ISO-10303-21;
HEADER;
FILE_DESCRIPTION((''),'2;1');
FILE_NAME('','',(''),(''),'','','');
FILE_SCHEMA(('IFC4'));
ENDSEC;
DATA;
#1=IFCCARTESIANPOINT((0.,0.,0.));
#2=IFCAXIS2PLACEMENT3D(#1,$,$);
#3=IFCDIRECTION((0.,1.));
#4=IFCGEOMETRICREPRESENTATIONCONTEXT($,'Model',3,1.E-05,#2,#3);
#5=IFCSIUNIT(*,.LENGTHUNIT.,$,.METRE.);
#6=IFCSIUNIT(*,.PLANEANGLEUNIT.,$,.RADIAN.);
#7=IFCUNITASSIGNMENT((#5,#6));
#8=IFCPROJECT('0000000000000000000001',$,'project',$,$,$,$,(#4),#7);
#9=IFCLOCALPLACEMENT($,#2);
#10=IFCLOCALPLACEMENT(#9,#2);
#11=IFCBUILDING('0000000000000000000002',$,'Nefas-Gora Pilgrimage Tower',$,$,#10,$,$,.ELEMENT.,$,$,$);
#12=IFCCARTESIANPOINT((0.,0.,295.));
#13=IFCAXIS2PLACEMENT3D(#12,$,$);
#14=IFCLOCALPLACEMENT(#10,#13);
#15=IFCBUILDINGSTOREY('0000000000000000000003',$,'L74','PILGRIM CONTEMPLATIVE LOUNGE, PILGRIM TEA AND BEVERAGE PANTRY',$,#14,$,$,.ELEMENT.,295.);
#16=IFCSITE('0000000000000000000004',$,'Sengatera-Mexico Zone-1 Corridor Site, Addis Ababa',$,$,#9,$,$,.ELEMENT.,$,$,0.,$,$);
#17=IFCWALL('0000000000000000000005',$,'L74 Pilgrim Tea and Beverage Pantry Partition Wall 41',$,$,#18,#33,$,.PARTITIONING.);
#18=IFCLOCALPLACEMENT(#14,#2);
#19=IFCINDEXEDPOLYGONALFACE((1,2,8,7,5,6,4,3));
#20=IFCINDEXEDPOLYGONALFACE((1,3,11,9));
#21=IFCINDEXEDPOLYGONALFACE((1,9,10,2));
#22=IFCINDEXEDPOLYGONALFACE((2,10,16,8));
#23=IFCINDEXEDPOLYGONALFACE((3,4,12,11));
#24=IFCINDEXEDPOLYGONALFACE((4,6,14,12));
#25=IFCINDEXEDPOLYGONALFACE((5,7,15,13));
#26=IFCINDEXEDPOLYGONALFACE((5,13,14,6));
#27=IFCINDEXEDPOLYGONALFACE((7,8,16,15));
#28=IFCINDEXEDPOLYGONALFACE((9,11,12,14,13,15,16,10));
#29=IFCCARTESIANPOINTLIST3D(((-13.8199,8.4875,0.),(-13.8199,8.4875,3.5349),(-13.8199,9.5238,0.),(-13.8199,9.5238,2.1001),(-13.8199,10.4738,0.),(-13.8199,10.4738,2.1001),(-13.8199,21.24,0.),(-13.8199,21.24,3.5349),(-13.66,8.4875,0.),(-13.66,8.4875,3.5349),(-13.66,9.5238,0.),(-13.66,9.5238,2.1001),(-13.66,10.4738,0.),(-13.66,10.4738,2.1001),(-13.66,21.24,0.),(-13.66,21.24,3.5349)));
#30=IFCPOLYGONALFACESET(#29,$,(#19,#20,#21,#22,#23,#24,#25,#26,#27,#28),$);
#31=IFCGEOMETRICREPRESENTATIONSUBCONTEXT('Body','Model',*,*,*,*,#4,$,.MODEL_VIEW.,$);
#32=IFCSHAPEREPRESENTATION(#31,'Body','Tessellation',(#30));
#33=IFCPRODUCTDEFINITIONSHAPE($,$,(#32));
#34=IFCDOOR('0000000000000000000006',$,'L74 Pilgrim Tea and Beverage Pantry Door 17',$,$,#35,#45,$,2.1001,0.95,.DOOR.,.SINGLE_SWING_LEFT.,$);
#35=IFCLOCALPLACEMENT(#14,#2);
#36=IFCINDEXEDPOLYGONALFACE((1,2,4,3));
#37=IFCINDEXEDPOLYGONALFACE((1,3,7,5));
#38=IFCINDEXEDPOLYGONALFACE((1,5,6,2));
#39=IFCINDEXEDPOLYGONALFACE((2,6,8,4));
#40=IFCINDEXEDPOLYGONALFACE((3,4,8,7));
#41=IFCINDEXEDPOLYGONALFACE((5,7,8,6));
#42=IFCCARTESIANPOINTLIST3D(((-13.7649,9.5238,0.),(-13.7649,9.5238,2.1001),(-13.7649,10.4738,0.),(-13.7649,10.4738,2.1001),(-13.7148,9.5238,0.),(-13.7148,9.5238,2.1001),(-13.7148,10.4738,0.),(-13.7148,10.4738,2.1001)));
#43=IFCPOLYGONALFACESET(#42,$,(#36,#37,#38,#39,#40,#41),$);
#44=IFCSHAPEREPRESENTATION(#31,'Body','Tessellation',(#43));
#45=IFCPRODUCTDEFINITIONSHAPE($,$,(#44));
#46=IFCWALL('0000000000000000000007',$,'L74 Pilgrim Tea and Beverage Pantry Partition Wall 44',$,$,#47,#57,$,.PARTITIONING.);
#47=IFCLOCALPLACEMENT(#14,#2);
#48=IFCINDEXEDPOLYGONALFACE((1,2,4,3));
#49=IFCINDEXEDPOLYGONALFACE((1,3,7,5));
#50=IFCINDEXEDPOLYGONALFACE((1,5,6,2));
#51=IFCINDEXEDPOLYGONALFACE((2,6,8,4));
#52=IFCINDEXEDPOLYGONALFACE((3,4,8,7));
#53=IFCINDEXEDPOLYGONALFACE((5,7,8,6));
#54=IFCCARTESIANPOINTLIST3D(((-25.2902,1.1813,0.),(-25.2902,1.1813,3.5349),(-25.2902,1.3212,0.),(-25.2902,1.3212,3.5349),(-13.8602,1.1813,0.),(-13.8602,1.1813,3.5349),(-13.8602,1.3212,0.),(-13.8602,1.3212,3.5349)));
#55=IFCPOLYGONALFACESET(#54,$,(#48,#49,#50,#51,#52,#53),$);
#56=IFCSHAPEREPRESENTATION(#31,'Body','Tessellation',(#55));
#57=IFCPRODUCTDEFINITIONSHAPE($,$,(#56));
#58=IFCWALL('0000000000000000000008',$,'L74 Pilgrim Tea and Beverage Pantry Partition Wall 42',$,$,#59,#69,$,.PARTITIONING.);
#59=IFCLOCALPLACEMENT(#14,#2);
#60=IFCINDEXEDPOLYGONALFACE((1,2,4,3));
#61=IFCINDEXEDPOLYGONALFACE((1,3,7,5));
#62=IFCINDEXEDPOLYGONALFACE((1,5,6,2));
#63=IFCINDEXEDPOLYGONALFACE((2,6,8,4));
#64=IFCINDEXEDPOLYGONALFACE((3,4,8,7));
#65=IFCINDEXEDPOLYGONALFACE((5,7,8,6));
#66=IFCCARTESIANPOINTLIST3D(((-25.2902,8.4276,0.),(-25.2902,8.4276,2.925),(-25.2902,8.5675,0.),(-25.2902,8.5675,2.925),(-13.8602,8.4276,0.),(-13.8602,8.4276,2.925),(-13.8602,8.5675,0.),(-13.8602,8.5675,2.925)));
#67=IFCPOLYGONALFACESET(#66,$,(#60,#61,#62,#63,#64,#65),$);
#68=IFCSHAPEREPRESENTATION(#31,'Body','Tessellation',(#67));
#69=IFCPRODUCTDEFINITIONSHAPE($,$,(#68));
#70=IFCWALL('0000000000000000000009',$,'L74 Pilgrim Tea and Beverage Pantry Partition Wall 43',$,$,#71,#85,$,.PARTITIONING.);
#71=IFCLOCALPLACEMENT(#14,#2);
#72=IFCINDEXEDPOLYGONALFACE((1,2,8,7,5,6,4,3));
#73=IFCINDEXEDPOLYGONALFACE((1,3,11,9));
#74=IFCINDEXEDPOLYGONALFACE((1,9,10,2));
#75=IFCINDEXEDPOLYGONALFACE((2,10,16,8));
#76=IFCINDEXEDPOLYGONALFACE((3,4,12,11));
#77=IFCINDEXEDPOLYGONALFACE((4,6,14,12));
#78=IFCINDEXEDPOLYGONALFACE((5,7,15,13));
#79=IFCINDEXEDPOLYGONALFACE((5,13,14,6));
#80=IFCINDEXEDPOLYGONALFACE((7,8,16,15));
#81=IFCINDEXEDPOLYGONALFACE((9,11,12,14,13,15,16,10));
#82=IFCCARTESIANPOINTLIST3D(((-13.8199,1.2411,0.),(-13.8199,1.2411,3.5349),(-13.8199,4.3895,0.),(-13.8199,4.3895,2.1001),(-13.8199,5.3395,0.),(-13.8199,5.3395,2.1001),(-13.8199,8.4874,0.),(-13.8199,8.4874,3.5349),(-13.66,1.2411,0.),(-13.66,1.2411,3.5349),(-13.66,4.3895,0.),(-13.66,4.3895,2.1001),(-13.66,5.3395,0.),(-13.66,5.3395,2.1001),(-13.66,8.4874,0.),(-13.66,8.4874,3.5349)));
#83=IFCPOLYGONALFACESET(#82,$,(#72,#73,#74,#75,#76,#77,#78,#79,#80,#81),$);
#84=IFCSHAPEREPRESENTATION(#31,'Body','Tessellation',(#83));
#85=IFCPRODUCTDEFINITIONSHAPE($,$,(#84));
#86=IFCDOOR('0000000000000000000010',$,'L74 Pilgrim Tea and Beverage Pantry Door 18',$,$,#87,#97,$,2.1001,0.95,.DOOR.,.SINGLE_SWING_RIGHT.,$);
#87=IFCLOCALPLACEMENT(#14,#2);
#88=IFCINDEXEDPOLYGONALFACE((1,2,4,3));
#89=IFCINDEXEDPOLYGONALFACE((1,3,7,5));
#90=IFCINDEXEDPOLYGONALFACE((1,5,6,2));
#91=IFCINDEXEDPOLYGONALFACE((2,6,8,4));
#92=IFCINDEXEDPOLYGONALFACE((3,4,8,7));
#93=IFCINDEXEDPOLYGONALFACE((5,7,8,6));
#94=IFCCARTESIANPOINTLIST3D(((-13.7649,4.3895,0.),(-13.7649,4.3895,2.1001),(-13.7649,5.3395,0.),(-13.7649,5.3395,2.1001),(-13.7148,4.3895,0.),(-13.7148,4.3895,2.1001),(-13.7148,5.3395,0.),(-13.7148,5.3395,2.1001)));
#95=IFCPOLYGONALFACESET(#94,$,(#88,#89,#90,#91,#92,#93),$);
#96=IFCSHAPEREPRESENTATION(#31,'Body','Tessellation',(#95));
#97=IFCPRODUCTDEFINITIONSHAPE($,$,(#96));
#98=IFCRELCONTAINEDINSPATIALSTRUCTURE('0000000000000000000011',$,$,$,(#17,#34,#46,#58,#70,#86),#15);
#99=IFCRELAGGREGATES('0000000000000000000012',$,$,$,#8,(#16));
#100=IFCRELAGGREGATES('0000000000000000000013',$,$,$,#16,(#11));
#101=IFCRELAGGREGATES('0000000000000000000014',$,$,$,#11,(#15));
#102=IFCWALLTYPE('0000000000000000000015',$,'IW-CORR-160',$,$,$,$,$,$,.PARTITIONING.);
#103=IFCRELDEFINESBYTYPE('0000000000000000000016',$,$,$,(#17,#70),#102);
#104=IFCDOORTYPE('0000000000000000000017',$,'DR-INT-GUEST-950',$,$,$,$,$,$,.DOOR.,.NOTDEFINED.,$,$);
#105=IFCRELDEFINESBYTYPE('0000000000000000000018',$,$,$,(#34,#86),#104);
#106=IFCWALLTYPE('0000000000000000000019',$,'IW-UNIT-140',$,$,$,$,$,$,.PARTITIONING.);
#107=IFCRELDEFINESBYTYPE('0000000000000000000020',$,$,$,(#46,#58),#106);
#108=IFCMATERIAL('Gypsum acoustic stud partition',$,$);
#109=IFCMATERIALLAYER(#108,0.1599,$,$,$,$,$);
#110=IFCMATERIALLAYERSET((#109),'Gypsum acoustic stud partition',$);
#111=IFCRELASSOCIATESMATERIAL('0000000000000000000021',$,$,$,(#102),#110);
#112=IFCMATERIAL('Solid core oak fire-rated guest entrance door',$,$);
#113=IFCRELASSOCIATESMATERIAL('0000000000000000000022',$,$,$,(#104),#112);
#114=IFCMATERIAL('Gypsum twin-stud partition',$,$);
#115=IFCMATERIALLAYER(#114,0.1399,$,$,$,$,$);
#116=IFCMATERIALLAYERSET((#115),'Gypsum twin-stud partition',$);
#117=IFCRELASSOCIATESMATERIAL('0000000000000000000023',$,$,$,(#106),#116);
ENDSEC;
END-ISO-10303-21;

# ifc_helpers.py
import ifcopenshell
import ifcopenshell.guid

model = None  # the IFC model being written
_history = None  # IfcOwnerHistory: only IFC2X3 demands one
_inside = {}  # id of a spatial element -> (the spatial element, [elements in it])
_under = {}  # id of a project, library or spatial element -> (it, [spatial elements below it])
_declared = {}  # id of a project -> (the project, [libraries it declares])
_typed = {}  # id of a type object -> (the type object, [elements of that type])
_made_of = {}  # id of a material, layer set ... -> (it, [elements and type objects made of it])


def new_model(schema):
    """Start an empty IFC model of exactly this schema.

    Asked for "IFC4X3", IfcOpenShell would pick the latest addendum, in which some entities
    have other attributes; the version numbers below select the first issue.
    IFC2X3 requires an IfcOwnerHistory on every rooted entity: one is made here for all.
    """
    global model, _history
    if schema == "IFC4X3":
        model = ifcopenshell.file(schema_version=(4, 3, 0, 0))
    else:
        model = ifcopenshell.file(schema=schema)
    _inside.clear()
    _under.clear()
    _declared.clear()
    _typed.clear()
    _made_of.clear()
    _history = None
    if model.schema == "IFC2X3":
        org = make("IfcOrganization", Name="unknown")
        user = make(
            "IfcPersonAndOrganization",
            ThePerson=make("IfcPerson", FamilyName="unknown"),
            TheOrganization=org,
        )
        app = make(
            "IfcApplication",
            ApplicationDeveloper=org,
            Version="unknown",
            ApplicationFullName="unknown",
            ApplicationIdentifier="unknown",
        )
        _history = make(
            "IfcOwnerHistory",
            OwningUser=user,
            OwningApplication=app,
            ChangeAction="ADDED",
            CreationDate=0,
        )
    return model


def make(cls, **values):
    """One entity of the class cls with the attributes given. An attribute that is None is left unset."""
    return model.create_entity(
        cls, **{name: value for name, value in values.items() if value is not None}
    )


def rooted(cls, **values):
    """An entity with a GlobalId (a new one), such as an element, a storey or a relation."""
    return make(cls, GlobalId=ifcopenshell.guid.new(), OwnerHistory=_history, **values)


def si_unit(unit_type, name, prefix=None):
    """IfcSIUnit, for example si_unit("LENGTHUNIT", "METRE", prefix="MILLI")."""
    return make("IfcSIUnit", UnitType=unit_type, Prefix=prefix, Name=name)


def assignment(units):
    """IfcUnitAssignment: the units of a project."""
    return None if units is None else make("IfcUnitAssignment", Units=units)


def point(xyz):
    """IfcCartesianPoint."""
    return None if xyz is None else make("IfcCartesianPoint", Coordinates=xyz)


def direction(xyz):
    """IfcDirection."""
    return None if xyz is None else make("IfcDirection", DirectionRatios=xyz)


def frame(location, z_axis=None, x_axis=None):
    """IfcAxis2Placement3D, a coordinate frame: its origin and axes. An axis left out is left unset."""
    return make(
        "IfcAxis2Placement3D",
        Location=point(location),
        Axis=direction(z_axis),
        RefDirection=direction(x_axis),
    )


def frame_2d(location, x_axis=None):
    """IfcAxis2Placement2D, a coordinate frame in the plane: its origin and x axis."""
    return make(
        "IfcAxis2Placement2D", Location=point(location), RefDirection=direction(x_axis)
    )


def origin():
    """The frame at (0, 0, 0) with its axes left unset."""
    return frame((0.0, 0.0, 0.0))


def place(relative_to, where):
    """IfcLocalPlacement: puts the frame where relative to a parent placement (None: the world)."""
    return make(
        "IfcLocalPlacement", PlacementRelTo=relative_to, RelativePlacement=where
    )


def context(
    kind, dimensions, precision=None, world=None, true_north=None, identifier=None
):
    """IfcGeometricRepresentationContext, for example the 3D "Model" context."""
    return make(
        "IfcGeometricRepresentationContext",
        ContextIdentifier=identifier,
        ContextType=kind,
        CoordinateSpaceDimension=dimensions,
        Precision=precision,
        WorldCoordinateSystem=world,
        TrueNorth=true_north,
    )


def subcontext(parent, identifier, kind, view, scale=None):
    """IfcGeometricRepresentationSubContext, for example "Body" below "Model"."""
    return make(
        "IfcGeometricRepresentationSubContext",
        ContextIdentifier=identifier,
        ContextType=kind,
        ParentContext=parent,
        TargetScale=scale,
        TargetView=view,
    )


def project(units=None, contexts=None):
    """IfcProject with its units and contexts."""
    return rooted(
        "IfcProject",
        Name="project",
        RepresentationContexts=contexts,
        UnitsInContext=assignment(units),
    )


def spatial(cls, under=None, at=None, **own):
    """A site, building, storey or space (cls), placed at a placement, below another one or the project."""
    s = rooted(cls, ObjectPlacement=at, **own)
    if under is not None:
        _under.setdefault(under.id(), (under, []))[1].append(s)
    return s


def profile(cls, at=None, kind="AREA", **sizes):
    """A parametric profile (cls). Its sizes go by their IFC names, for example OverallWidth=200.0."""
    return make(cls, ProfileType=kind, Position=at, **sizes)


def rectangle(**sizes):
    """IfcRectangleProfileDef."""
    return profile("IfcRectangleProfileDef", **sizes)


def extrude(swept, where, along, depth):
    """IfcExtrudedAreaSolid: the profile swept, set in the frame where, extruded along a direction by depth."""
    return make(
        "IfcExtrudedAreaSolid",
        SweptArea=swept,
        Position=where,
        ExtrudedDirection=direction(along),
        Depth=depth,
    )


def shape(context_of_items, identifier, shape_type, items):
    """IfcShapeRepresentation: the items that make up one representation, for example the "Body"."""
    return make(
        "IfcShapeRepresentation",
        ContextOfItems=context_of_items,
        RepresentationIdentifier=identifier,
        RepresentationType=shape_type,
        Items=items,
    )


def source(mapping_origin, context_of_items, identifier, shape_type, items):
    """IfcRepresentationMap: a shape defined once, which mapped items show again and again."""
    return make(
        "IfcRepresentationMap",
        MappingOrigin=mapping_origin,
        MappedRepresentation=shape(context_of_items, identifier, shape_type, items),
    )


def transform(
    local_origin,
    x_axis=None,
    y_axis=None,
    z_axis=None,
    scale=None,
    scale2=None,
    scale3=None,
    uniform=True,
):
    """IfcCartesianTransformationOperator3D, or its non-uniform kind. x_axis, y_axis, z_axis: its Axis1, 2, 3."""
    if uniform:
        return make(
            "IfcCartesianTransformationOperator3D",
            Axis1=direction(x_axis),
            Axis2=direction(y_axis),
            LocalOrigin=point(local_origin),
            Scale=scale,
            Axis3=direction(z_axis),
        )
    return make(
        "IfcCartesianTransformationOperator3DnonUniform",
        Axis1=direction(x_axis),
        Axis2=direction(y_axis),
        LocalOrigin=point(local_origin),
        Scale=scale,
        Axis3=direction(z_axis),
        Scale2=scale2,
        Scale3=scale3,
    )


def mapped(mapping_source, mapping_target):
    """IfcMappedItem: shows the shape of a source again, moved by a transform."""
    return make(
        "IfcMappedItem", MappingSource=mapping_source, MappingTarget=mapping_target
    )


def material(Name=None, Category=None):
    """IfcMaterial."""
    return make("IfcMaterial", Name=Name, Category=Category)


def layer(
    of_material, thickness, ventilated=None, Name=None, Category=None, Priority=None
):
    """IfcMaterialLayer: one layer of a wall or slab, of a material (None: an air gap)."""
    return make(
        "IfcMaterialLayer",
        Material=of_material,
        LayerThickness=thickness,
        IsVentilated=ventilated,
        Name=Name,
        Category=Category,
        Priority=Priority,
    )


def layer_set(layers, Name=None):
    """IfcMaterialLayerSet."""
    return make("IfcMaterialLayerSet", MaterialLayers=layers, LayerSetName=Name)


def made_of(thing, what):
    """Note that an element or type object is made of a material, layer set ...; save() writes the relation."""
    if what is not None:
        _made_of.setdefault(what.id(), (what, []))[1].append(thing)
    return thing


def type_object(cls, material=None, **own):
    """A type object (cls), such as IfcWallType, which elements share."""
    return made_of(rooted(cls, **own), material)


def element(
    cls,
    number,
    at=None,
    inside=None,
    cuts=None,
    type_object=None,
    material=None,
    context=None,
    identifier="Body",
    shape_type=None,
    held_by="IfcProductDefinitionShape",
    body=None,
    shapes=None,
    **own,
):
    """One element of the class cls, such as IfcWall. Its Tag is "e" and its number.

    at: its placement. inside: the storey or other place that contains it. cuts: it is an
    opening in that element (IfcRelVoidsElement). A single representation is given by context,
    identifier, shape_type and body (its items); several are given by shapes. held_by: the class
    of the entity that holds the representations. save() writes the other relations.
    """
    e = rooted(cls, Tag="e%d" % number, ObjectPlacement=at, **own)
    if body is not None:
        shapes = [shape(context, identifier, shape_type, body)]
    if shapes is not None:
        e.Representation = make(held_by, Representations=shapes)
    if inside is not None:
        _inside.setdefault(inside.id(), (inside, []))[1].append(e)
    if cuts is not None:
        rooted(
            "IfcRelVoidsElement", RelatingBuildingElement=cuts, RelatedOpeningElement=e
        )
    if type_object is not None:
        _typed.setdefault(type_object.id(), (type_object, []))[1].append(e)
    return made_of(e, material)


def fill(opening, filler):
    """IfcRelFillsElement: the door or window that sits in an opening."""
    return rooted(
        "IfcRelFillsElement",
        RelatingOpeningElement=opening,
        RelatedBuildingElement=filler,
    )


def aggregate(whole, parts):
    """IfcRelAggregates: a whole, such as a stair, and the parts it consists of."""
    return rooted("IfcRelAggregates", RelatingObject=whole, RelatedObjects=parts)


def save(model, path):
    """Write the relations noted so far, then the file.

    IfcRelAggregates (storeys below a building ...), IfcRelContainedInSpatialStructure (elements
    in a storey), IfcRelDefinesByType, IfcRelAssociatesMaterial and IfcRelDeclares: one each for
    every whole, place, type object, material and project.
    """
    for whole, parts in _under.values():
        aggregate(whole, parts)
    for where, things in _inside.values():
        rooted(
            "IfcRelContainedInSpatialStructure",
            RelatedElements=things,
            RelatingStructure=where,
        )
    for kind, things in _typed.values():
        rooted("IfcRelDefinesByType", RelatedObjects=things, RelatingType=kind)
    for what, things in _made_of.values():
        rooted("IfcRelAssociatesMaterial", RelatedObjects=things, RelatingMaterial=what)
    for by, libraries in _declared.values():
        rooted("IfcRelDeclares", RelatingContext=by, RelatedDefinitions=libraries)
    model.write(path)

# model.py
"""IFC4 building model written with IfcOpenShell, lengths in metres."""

from ifc_helpers import new_model, si_unit, direction, frame, frame_2d, origin, place, context, subcontext, project, spatial, rectangle, extrude, source, transform, mapped, material, layer, layer_set, type_object, element, fill, save


model = new_model("IFC4")

# Units and contexts
model_context = context("Model", 3, precision=1e-05, world=origin(), true_north=direction((0.0, 1.0)))
body_context = subcontext(model_context, "Body", "Model", "MODEL_VIEW")
ifc_project = project(units=[si_unit("LENGTHUNIT", "METRE"), si_unit("PLANEANGLEUNIT", "RADIAN")], contexts=[model_context])

# Site, building, storey
site_placement = place(None, origin())
site = spatial("IfcSite", under=ifc_project, at=site_placement, Name="Sengatera-Mexico Zone-1 Corridor Site, Addis Ababa", CompositionType="ELEMENT", RefElevation=0.0)
building_placement = place(site_placement, origin())
building = spatial("IfcBuilding", under=site, at=building_placement, Name="Nefas-Gora Pilgrimage Tower", CompositionType="ELEMENT")
storey_placement = place(building_placement, frame((0.0, 0.0, 295.0)))
storey = spatial("IfcBuildingStorey", under=building, at=storey_placement, Name="L74", Description="PILGRIM CONTEMPLATIVE LOUNGE, PILGRIM TEA AND BEVERAGE PANTRY", CompositionType="ELEMENT", Elevation=295.0)

# Wall, opening, door
ifc_material_1 = material(Name="Gypsum acoustic stud partition")
ifc_layer_1 = layer(ifc_material_1, 0.1599)
ifc_layer_set_1 = layer_set([ifc_layer_1], Name="Gypsum acoustic stud partition")
wall_type_1 = type_object("IfcWallType", Name="IW-CORR-160", PredefinedType="PARTITIONING", material=ifc_layer_set_1)
shared_shape_1 = source(origin(), body_context, "Body", "SweptSolid", [
    extrude(rectangle(XDim=12.7524, YDim=0.1599, at=frame_2d((6.3762, 0.0))), origin(), (0.0, 0.0, 1.0), 3.5349),
])
wall_1_placement = place(storey_placement, frame((-13.74, 8.4875, 0.0), z_axis=(0.0, 0.0, 1.0), x_axis=(0.0, 1.0, 0.0)))
wall_1 = element("IfcWall", 1, at=wall_1_placement, inside=storey, type_object=wall_type_1, Name="L74 Pilgrim Tea and Beverage Pantry Partition Wall 41", PredefinedType="PARTITIONING", context=body_context, shape_type="MappedRepresentation", body=[
    mapped(shared_shape_1, transform((0.0, 0.0, 0.0), x_axis=(1.0, 0.0, 0.0), y_axis=(0.0, 1.0, 0.0), z_axis=(0.0, 0.0, 1.0), scale=1.0)),
])
opening_1_placement = place(wall_1_placement, frame((1.0361, 0.0, 0.0)))
opening_1 = element("IfcOpeningElement", 2, at=opening_1_placement, cuts=wall_1, PredefinedType="OPENING", context=body_context, shape_type="SweptSolid", body=[
    extrude(rectangle(XDim=0.95, YDim=2.1001, at=frame_2d((0.4751, 1.05))), frame((0.0, 0.0898, 0.0), z_axis=(0.0, -1.0, 0.0), x_axis=(1.0, 0.0, 0.0)), (0.0, 0.0, 1.0), 0.1799),
])
ifc_material_2 = material(Name="Solid core oak fire-rated guest entrance door")
door_type = type_object("IfcDoorType", Name="DR-INT-GUEST-950", OperationType="NOTDEFINED", PredefinedType="DOOR", material=ifc_material_2)
shared_shape_2 = source(origin(), body_context, "Body", "SweptSolid", [
    extrude(rectangle(XDim=0.95, YDim=2.1001, at=frame_2d((0.4751, 1.05))), frame((0.0, 0.0249, 0.0), z_axis=(0.0, -1.0, 0.0), x_axis=(1.0, 0.0, 0.0)), (0.0, 0.0, 1.0), 0.05),
])
door_1_placement = place(opening_1_placement, origin())
door_1 = element("IfcDoor", 3, at=door_1_placement, inside=storey, type_object=door_type, Name="L74 Pilgrim Tea and Beverage Pantry Door 17", OperationType="SINGLE_SWING_LEFT", OverallHeight=2.1001, OverallWidth=0.95, PredefinedType="DOOR", context=body_context, shape_type="MappedRepresentation", body=[
    mapped(shared_shape_2, transform((0.0, 0.0, 0.0), x_axis=(1.0, 0.0, 0.0), y_axis=(0.0, 1.0, 0.0), z_axis=(0.0, 0.0, 1.0), scale=1.0)),
])
fill(opening_1, door_1)

# Walls
ifc_material_3 = material(Name="Gypsum twin-stud partition")
ifc_layer_2 = layer(ifc_material_3, 0.1399)
ifc_layer_set_2 = layer_set([ifc_layer_2], Name="Gypsum twin-stud partition")
wall_type_2 = type_object("IfcWallType", Name="IW-UNIT-140", PredefinedType="PARTITIONING", material=ifc_layer_set_2)
shared_shape_3 = source(origin(), body_context, "Body", "SweptSolid", [
    extrude(rectangle(XDim=11.4299, YDim=0.1399, at=frame_2d((5.7148, 0.0))), origin(), (0.0, 0.0, 1.0), 3.5349),
])
wall_2_placement = place(storey_placement, frame((-25.29, 1.2512, 0.0), z_axis=(0.0, 0.0, 1.0), x_axis=(1.0, 0.0, 0.0)))
element("IfcWall", 4, at=wall_2_placement, inside=storey, type_object=wall_type_2, Name="L74 Pilgrim Tea and Beverage Pantry Partition Wall 44", PredefinedType="PARTITIONING", context=body_context, shape_type="MappedRepresentation", body=[
    mapped(shared_shape_3, transform((0.0, 0.0, 0.0), x_axis=(1.0, 0.0, 0.0), y_axis=(0.0, 1.0, 0.0), z_axis=(0.0, 0.0, 1.0), scale=1.0)),
])
shared_shape_4 = source(origin(), body_context, "Body", "SweptSolid", [
    extrude(rectangle(XDim=11.4299, YDim=0.1399, at=frame_2d((5.7148, 0.0))), origin(), (0.0, 0.0, 1.0), 2.925),
])
wall_3_placement = place(storey_placement, frame((-25.29, 8.4976, 0.0), z_axis=(0.0, 0.0, 1.0), x_axis=(1.0, 0.0, 0.0)))
element("IfcWall", 5, at=wall_3_placement, inside=storey, type_object=wall_type_2, Name="L74 Pilgrim Tea and Beverage Pantry Partition Wall 42", PredefinedType="PARTITIONING", context=body_context, shape_type="MappedRepresentation", body=[
    mapped(shared_shape_4, transform((0.0, 0.0, 0.0), x_axis=(1.0, 0.0, 0.0), y_axis=(0.0, 1.0, 0.0), z_axis=(0.0, 0.0, 1.0), scale=1.0)),
])

# Wall, opening, door
shared_shape_5 = source(origin(), body_context, "Body", "SweptSolid", [
    extrude(rectangle(XDim=7.2463, YDim=0.1599, at=frame_2d((3.623, 0.0))), origin(), (0.0, 0.0, 1.0), 3.5349),
])
wall_4_placement = place(storey_placement, frame((-13.74, 1.2412, 0.0), z_axis=(0.0, 0.0, 1.0), x_axis=(0.0, 1.0, 0.0)))
wall_4 = element("IfcWall", 6, at=wall_4_placement, inside=storey, type_object=wall_type_1, Name="L74 Pilgrim Tea and Beverage Pantry Partition Wall 43", PredefinedType="PARTITIONING", context=body_context, shape_type="MappedRepresentation", body=[
    mapped(shared_shape_5, transform((0.0, 0.0, 0.0), x_axis=(1.0, 0.0, 0.0), y_axis=(0.0, 1.0, 0.0), z_axis=(0.0, 0.0, 1.0), scale=1.0)),
])
opening_2_placement = place(wall_4_placement, frame((3.1482, 0.0, 0.0)))
opening_2 = element("IfcOpeningElement", 7, at=opening_2_placement, cuts=wall_4, PredefinedType="OPENING", context=body_context, shape_type="SweptSolid", body=[
    extrude(rectangle(XDim=0.95, YDim=2.1001, at=frame_2d((0.4751, 1.05))), frame((0.0, 0.0898, 0.0), z_axis=(0.0, -1.0, 0.0), x_axis=(1.0, 0.0, 0.0)), (0.0, 0.0, 1.0), 0.1799),
])
door_2_placement = place(opening_2_placement, origin())
door_2 = element("IfcDoor", 8, at=door_2_placement, inside=storey, type_object=door_type, Name="L74 Pilgrim Tea and Beverage Pantry Door 18", OperationType="SINGLE_SWING_RIGHT", OverallHeight=2.1001, OverallWidth=0.95, PredefinedType="DOOR", context=body_context, shape_type="MappedRepresentation", body=[
    mapped(shared_shape_2, transform((0.0, 0.0, 0.0), x_axis=(1.0, 0.0, 0.0), y_axis=(0.0, 1.0, 0.0), z_axis=(0.0, 0.0, 1.0), scale=1.0)),
])
fill(opening_2, door_2)

save(model, "model.ifc")
